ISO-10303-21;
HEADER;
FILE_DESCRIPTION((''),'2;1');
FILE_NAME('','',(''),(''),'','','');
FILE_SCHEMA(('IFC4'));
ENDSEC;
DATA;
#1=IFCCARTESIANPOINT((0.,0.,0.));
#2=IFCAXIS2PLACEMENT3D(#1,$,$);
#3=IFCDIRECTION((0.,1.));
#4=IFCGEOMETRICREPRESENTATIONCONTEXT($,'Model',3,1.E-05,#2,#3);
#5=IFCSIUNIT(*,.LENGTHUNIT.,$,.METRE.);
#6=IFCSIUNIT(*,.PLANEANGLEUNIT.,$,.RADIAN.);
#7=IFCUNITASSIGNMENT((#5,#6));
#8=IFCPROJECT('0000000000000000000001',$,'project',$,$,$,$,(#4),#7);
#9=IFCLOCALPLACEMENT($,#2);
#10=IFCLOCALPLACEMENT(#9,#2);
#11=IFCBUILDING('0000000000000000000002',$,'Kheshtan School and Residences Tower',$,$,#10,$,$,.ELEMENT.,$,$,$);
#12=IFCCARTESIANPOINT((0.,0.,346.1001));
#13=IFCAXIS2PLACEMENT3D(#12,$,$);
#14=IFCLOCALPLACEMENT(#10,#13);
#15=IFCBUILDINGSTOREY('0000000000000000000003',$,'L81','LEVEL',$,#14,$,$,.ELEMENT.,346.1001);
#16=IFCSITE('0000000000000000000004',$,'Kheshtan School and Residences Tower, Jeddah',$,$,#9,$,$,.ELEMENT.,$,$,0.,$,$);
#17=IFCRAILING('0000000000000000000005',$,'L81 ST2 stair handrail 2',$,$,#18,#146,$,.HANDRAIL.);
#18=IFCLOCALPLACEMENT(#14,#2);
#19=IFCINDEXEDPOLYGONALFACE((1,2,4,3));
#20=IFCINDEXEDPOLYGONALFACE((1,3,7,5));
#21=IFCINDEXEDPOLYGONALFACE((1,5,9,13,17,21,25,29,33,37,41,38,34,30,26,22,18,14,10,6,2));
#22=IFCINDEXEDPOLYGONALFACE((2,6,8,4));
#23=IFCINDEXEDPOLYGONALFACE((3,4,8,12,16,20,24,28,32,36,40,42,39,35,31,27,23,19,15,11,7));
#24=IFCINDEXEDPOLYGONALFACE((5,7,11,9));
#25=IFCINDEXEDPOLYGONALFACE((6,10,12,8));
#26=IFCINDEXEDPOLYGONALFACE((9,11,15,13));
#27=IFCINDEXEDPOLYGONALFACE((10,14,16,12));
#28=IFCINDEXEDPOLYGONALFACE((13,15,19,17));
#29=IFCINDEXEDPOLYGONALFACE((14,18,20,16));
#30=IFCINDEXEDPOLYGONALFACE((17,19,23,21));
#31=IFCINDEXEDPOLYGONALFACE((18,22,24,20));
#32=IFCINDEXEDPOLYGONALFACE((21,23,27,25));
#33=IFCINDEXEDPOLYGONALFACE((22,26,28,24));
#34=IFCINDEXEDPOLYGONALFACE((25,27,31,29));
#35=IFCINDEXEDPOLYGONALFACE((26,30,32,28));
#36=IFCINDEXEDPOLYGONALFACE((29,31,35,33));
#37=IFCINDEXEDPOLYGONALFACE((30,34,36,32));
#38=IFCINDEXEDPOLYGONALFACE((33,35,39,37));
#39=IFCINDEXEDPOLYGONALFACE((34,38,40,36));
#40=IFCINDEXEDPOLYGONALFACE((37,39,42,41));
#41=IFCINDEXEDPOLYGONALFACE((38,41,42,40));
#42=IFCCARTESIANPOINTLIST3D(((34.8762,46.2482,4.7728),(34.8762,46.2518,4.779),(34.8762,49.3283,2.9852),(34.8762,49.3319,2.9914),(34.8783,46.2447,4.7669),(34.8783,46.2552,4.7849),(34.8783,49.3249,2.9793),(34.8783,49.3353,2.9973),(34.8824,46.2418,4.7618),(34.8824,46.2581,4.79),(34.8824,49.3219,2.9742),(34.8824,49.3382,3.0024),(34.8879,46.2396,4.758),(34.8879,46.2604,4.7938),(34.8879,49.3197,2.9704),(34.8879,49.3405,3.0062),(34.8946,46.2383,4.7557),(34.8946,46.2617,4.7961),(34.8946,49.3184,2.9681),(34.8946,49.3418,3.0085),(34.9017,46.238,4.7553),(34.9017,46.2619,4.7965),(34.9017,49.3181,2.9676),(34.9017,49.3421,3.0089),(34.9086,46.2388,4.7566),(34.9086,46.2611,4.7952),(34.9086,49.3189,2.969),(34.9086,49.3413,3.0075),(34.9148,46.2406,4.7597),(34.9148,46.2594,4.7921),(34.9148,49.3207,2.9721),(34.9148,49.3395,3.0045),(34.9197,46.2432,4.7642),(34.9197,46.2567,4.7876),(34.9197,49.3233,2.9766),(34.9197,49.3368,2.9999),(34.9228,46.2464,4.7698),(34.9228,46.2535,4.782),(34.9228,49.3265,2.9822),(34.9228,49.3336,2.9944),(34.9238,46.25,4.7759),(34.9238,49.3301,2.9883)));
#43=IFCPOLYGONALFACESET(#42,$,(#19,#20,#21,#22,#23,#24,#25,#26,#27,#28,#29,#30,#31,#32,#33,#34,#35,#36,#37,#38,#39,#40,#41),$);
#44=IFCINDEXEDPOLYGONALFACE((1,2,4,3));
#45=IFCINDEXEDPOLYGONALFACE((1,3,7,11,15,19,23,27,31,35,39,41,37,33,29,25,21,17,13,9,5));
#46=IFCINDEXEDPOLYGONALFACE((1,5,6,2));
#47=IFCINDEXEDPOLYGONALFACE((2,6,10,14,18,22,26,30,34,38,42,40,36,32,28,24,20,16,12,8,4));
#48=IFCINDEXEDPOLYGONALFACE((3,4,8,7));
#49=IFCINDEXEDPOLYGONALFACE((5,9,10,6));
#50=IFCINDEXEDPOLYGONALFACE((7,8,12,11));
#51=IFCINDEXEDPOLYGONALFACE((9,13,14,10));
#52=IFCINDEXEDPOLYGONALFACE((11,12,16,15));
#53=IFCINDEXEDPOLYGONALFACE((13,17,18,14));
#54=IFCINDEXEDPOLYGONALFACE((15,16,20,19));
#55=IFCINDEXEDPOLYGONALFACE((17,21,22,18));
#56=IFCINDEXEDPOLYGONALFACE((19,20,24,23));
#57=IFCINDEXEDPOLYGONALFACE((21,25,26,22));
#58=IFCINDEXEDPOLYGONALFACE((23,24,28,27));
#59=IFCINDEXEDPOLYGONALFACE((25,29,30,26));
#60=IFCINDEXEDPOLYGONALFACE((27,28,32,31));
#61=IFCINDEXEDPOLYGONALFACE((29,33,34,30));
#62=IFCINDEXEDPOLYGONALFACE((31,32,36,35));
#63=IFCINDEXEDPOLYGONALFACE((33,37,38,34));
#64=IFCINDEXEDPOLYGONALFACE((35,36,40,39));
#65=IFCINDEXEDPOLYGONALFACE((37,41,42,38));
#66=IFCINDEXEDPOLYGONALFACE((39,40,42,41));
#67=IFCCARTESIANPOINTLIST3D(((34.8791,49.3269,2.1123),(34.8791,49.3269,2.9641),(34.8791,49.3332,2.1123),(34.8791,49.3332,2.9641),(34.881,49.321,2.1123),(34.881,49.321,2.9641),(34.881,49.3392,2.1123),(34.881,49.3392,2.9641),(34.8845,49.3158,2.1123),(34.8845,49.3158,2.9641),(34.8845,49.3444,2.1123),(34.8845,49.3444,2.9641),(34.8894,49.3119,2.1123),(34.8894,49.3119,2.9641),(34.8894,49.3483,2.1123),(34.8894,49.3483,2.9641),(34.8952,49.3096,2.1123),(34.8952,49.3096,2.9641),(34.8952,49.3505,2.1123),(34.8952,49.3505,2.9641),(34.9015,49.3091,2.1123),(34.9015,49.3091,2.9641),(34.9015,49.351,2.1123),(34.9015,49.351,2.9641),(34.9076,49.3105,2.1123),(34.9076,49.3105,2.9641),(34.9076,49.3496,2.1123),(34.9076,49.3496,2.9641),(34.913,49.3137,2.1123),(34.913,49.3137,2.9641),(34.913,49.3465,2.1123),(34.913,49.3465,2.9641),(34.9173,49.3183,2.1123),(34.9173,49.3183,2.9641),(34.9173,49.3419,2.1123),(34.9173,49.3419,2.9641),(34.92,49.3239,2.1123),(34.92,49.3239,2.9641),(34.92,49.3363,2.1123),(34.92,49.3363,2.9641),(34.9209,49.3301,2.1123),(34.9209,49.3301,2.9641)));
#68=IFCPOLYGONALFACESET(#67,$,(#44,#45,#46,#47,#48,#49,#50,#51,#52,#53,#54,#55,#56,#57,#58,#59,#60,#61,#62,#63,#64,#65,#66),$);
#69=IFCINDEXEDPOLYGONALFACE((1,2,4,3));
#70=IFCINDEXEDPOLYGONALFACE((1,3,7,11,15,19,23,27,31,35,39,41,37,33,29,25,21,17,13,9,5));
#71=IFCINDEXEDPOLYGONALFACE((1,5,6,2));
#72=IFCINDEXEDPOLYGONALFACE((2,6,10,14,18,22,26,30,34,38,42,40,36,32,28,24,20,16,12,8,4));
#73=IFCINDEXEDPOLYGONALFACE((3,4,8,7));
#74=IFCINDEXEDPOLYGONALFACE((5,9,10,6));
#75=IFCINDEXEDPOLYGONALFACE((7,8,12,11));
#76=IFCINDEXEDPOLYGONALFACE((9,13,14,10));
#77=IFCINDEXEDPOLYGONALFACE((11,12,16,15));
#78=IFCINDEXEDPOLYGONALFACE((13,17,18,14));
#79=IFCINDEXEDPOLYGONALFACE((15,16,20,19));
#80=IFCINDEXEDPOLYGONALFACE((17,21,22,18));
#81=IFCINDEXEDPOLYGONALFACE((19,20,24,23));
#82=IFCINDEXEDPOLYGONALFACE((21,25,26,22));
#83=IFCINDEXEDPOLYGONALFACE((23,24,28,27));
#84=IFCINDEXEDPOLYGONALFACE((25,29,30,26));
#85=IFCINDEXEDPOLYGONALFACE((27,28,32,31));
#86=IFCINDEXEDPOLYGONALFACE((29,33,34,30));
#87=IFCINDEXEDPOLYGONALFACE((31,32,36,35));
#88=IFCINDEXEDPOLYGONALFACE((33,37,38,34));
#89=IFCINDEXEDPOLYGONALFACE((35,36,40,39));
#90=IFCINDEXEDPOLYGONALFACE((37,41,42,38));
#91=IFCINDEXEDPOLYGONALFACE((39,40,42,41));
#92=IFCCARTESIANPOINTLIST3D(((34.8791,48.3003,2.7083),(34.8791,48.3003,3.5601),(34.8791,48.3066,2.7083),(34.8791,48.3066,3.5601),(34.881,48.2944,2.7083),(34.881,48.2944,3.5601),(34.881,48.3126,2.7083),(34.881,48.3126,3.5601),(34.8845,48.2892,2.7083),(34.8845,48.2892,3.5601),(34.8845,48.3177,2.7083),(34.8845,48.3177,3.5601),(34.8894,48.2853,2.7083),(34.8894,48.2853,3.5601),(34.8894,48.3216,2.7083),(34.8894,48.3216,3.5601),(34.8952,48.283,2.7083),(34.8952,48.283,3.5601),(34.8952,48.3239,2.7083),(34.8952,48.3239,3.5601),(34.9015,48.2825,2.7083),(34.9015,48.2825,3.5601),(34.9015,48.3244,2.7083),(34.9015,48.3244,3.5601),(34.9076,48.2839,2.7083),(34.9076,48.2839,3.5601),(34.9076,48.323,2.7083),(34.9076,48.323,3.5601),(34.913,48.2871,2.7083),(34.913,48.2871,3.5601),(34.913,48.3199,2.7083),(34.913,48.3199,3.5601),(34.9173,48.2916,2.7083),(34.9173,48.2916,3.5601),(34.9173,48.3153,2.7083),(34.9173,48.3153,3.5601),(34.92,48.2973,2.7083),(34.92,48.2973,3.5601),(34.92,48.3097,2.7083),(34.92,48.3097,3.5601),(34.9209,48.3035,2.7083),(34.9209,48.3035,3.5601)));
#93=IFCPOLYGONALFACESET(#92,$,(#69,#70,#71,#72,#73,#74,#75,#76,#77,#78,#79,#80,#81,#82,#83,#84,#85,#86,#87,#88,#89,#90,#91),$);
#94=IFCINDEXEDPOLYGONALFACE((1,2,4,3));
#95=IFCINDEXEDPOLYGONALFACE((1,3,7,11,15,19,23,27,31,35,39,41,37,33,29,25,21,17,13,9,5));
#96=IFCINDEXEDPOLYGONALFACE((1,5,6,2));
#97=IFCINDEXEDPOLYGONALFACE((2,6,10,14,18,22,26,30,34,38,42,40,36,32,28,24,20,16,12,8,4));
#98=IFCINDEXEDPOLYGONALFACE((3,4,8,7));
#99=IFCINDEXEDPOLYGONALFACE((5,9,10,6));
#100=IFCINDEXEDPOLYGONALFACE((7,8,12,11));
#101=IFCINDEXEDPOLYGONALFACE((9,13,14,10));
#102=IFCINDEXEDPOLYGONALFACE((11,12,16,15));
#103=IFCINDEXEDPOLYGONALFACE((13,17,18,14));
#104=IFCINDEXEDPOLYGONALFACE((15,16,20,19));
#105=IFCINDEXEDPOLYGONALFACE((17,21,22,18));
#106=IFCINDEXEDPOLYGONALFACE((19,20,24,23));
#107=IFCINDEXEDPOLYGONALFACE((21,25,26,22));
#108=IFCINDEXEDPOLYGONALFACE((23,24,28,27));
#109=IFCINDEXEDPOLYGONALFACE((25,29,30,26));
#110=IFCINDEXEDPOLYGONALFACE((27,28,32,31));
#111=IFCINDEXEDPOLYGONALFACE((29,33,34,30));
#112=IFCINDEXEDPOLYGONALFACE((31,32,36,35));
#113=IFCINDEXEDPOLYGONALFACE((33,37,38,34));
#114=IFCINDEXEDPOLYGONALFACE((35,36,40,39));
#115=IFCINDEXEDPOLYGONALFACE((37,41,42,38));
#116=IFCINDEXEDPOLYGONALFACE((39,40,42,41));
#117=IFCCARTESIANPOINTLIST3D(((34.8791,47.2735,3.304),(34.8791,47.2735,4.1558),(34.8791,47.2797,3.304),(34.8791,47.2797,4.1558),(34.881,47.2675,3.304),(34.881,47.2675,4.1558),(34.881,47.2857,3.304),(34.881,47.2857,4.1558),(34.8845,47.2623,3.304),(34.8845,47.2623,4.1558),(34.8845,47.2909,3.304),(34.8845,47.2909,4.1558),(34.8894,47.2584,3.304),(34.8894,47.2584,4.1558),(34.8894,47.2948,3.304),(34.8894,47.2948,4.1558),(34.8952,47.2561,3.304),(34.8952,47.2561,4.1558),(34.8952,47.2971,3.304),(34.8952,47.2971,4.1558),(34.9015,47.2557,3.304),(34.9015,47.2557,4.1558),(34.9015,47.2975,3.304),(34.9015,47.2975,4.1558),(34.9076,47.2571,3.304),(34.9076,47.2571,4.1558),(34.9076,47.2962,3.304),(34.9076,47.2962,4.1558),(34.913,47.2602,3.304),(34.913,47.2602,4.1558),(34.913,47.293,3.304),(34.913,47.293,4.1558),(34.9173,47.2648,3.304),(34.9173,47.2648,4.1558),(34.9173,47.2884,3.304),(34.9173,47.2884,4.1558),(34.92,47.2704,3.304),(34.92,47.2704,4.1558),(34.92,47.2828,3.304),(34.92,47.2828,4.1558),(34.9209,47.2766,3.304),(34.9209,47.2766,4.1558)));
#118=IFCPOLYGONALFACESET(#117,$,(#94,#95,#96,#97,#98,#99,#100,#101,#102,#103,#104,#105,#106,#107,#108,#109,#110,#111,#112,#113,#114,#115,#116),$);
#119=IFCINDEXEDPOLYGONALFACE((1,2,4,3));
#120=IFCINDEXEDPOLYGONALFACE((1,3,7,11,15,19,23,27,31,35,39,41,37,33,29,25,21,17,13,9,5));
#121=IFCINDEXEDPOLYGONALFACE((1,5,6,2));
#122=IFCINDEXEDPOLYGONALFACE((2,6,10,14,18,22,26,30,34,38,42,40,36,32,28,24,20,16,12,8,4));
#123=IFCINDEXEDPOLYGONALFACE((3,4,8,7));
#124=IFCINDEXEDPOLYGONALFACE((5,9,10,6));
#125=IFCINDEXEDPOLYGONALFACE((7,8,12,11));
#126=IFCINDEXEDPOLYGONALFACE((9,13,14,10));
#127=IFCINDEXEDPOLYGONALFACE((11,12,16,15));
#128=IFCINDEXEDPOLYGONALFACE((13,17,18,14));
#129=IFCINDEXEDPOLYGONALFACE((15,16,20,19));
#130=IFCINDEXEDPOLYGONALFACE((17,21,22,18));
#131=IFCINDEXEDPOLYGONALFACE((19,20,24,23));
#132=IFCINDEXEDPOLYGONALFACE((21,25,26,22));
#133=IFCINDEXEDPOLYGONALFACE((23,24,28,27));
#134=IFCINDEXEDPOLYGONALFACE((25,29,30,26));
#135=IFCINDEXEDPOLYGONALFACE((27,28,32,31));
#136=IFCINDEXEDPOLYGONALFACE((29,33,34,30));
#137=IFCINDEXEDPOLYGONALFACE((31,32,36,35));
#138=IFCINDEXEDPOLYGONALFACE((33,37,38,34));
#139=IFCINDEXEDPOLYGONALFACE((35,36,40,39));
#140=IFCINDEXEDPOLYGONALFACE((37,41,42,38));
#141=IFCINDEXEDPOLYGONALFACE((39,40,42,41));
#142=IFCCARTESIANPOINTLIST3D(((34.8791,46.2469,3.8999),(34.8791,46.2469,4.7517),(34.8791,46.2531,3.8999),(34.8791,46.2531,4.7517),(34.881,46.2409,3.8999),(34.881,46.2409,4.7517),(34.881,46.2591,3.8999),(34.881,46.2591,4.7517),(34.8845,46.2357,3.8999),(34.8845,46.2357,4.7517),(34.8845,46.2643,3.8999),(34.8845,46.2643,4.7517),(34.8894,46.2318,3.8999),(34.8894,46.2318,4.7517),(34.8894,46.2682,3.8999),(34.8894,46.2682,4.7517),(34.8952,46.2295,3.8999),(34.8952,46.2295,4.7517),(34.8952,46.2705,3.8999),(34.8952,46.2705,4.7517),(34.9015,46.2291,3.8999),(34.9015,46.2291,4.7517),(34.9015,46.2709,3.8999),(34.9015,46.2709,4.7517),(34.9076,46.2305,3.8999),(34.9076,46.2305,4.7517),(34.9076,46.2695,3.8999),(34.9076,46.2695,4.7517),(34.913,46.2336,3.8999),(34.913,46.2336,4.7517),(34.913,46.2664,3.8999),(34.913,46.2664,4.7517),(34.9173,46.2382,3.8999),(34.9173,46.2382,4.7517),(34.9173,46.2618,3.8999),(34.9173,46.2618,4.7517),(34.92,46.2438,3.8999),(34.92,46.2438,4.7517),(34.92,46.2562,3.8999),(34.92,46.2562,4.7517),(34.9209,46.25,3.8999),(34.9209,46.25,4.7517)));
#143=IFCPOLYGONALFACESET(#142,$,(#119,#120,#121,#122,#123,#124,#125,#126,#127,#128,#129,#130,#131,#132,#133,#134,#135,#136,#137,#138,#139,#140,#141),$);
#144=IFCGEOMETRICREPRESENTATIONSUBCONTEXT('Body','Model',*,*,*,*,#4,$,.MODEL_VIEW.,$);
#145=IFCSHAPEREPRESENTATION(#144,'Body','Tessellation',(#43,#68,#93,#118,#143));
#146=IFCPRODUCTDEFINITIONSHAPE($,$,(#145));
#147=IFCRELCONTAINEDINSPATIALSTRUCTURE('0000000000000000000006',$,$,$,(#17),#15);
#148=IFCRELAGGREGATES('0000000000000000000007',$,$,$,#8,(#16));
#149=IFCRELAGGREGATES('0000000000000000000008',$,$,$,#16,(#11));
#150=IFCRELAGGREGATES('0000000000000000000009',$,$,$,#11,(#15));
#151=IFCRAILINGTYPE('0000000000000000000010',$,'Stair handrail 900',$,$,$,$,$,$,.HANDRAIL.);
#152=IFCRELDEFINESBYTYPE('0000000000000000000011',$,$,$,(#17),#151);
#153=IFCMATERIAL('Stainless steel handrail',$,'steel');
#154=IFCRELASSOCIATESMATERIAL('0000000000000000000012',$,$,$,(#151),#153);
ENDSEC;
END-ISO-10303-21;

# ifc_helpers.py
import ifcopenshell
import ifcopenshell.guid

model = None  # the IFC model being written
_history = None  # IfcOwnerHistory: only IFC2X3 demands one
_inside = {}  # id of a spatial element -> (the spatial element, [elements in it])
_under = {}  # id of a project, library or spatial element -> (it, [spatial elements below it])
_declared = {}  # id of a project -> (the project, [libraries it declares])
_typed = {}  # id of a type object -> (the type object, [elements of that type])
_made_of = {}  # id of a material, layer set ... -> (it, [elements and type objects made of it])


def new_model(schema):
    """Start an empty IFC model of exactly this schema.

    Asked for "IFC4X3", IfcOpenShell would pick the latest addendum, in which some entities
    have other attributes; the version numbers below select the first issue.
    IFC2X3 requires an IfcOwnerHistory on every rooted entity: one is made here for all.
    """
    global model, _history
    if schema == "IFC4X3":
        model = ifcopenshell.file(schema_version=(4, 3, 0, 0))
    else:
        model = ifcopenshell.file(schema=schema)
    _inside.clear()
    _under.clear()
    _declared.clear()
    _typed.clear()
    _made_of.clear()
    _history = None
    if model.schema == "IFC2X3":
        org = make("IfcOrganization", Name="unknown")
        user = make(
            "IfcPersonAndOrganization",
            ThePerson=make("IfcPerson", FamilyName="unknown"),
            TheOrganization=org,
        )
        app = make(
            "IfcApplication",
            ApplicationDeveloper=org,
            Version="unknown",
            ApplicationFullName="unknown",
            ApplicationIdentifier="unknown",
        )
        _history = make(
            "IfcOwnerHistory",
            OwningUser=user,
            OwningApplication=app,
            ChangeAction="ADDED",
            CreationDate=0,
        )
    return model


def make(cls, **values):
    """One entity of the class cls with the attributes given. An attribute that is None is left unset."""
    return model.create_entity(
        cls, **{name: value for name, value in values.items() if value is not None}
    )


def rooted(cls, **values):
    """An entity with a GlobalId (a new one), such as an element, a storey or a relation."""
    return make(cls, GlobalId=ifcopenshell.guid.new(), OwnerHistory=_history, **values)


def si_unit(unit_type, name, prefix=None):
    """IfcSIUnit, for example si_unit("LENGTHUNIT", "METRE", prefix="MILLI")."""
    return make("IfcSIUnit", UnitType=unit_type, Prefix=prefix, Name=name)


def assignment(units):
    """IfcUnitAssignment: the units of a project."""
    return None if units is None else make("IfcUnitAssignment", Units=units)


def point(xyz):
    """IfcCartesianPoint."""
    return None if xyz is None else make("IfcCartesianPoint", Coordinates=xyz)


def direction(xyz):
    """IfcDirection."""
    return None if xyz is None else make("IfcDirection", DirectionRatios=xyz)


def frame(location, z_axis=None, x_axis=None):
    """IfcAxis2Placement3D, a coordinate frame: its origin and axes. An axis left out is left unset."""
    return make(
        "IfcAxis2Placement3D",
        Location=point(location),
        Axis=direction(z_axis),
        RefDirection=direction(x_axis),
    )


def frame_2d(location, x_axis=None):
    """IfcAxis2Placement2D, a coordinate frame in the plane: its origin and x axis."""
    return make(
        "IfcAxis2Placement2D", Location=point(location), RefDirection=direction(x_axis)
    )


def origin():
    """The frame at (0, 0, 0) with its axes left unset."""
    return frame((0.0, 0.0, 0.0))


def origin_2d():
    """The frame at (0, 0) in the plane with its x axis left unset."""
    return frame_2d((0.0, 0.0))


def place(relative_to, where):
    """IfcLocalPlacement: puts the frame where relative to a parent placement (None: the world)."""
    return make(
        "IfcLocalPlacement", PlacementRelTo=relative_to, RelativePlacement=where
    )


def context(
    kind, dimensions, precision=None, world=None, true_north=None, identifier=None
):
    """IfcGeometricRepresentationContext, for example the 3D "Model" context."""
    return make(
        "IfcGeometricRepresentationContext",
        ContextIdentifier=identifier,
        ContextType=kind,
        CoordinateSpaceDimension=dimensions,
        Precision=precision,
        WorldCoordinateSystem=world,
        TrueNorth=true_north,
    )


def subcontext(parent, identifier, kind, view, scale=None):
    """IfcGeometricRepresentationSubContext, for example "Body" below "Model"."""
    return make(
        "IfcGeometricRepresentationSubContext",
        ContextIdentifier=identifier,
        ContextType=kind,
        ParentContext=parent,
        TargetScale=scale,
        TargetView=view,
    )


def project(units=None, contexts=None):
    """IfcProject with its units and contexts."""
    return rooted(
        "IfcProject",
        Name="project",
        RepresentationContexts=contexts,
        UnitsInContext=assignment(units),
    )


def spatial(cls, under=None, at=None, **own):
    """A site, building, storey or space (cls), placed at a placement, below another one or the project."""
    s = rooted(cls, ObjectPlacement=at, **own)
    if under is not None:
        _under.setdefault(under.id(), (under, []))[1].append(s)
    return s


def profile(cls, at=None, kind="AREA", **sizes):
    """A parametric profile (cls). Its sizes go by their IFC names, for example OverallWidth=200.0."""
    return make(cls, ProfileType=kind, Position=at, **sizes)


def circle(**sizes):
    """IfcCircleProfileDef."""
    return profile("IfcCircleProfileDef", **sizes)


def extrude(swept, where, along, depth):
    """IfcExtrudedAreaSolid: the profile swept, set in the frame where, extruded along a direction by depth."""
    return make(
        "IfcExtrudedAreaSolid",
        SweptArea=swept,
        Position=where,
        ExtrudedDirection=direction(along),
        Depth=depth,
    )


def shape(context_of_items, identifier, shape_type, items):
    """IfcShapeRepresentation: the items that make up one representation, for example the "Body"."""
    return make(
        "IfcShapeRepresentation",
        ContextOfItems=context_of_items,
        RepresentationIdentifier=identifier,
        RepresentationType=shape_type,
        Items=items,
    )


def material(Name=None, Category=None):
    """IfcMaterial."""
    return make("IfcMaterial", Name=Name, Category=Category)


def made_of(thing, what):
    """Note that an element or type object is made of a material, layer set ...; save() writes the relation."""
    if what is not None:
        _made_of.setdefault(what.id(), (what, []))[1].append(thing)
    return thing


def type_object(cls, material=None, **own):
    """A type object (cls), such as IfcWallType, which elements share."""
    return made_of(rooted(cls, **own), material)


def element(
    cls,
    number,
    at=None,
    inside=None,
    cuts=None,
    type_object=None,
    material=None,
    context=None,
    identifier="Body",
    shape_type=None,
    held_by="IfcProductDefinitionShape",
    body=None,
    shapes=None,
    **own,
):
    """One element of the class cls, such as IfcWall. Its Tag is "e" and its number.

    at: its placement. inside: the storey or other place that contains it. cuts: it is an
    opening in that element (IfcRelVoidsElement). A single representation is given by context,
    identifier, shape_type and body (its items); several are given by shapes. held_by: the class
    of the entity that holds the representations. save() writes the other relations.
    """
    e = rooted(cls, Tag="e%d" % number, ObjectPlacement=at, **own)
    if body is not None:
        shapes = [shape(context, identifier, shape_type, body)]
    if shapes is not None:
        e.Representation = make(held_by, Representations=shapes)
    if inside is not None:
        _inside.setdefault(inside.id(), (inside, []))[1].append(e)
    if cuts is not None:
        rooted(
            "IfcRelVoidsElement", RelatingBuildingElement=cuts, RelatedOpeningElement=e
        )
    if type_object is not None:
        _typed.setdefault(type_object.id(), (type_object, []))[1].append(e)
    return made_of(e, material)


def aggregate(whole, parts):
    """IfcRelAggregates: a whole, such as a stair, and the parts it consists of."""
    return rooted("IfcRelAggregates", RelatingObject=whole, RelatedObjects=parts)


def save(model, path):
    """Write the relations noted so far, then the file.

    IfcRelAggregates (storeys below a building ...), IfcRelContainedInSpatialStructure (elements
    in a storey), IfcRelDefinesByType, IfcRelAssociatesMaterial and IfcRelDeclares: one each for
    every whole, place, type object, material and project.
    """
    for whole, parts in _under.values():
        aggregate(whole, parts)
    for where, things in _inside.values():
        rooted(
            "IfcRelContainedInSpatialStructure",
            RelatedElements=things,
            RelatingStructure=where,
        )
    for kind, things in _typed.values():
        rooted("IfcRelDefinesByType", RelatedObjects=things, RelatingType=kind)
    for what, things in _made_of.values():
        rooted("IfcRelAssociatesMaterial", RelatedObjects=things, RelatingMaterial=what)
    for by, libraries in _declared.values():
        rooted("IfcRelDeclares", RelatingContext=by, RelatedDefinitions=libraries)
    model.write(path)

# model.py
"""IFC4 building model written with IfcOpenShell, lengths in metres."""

from ifc_helpers import new_model, si_unit, direction, frame, origin, origin_2d, place, context, subcontext, project, spatial, circle, extrude, material, type_object, element, save


model = new_model("IFC4")

# Units and contexts
model_context = context("Model", 3, precision=1e-05, world=origin(), true_north=direction((0.0, 1.0)))
body_context = subcontext(model_context, "Body", "Model", "MODEL_VIEW")
ifc_project = project(units=[si_unit("LENGTHUNIT", "METRE"), si_unit("PLANEANGLEUNIT", "RADIAN")], contexts=[model_context])

# Site, building, storey
site_placement = place(None, origin())
site = spatial("IfcSite", under=ifc_project, at=site_placement, Name="Kheshtan School and Residences Tower, Jeddah", CompositionType="ELEMENT", RefElevation=0.0)
building_placement = place(site_placement, origin())
building = spatial("IfcBuilding", under=site, at=building_placement, Name="Kheshtan School and Residences Tower", CompositionType="ELEMENT")
storey_placement = place(building_placement, frame((0.0, 0.0, 346.1001)))
storey = spatial("IfcBuildingStorey", under=building, at=storey_placement, Name="L81", Description="LEVEL", CompositionType="ELEMENT", Elevation=346.1001)

# Railing
ifc_material_1 = material(Name="Stainless steel handrail", Category="steel")
railing_type_1 = type_object("IfcRailingType", Name="Stair handrail 900", PredefinedType="HANDRAIL", material=ifc_material_1)
railing_1_placement = place(storey_placement, frame((34.8999, 49.3301, 2.1123)))
element("IfcRailing", 1, at=railing_1_placement, inside=storey, type_object=railing_type_1, Name="L81 ST2 stair handrail 2", PredefinedType="HANDRAIL", context=body_context, shape_type="SweptSolid", body=[
    extrude(circle(Radius=0.0239, at=origin_2d()), frame((0.0, 0.0, 0.876), z_axis=(0.0, -0.864891, 0.50196), x_axis=(1.0, 0.0, 0.0)), (0.0, 0.0, 1.0), 3.5613),
    extrude(circle(Radius=0.021, at=origin_2d()), origin(), (0.0, 0.0, 1.0), 0.8518),
    extrude(circle(Radius=0.021, at=origin_2d()), frame((0.0, -1.0266, 0.5959)), (0.0, 0.0, 1.0), 0.8518),
    extrude(circle(Radius=0.021, at=origin_2d()), frame((0.0, -2.0535, 1.1917)), (0.0, 0.0, 1.0), 0.8518),
    extrude(circle(Radius=0.021, at=origin_2d()), frame((0.0, -3.0801, 1.7876)), (0.0, 0.0, 1.0), 0.8518),
])

save(model, "model.ifc")
